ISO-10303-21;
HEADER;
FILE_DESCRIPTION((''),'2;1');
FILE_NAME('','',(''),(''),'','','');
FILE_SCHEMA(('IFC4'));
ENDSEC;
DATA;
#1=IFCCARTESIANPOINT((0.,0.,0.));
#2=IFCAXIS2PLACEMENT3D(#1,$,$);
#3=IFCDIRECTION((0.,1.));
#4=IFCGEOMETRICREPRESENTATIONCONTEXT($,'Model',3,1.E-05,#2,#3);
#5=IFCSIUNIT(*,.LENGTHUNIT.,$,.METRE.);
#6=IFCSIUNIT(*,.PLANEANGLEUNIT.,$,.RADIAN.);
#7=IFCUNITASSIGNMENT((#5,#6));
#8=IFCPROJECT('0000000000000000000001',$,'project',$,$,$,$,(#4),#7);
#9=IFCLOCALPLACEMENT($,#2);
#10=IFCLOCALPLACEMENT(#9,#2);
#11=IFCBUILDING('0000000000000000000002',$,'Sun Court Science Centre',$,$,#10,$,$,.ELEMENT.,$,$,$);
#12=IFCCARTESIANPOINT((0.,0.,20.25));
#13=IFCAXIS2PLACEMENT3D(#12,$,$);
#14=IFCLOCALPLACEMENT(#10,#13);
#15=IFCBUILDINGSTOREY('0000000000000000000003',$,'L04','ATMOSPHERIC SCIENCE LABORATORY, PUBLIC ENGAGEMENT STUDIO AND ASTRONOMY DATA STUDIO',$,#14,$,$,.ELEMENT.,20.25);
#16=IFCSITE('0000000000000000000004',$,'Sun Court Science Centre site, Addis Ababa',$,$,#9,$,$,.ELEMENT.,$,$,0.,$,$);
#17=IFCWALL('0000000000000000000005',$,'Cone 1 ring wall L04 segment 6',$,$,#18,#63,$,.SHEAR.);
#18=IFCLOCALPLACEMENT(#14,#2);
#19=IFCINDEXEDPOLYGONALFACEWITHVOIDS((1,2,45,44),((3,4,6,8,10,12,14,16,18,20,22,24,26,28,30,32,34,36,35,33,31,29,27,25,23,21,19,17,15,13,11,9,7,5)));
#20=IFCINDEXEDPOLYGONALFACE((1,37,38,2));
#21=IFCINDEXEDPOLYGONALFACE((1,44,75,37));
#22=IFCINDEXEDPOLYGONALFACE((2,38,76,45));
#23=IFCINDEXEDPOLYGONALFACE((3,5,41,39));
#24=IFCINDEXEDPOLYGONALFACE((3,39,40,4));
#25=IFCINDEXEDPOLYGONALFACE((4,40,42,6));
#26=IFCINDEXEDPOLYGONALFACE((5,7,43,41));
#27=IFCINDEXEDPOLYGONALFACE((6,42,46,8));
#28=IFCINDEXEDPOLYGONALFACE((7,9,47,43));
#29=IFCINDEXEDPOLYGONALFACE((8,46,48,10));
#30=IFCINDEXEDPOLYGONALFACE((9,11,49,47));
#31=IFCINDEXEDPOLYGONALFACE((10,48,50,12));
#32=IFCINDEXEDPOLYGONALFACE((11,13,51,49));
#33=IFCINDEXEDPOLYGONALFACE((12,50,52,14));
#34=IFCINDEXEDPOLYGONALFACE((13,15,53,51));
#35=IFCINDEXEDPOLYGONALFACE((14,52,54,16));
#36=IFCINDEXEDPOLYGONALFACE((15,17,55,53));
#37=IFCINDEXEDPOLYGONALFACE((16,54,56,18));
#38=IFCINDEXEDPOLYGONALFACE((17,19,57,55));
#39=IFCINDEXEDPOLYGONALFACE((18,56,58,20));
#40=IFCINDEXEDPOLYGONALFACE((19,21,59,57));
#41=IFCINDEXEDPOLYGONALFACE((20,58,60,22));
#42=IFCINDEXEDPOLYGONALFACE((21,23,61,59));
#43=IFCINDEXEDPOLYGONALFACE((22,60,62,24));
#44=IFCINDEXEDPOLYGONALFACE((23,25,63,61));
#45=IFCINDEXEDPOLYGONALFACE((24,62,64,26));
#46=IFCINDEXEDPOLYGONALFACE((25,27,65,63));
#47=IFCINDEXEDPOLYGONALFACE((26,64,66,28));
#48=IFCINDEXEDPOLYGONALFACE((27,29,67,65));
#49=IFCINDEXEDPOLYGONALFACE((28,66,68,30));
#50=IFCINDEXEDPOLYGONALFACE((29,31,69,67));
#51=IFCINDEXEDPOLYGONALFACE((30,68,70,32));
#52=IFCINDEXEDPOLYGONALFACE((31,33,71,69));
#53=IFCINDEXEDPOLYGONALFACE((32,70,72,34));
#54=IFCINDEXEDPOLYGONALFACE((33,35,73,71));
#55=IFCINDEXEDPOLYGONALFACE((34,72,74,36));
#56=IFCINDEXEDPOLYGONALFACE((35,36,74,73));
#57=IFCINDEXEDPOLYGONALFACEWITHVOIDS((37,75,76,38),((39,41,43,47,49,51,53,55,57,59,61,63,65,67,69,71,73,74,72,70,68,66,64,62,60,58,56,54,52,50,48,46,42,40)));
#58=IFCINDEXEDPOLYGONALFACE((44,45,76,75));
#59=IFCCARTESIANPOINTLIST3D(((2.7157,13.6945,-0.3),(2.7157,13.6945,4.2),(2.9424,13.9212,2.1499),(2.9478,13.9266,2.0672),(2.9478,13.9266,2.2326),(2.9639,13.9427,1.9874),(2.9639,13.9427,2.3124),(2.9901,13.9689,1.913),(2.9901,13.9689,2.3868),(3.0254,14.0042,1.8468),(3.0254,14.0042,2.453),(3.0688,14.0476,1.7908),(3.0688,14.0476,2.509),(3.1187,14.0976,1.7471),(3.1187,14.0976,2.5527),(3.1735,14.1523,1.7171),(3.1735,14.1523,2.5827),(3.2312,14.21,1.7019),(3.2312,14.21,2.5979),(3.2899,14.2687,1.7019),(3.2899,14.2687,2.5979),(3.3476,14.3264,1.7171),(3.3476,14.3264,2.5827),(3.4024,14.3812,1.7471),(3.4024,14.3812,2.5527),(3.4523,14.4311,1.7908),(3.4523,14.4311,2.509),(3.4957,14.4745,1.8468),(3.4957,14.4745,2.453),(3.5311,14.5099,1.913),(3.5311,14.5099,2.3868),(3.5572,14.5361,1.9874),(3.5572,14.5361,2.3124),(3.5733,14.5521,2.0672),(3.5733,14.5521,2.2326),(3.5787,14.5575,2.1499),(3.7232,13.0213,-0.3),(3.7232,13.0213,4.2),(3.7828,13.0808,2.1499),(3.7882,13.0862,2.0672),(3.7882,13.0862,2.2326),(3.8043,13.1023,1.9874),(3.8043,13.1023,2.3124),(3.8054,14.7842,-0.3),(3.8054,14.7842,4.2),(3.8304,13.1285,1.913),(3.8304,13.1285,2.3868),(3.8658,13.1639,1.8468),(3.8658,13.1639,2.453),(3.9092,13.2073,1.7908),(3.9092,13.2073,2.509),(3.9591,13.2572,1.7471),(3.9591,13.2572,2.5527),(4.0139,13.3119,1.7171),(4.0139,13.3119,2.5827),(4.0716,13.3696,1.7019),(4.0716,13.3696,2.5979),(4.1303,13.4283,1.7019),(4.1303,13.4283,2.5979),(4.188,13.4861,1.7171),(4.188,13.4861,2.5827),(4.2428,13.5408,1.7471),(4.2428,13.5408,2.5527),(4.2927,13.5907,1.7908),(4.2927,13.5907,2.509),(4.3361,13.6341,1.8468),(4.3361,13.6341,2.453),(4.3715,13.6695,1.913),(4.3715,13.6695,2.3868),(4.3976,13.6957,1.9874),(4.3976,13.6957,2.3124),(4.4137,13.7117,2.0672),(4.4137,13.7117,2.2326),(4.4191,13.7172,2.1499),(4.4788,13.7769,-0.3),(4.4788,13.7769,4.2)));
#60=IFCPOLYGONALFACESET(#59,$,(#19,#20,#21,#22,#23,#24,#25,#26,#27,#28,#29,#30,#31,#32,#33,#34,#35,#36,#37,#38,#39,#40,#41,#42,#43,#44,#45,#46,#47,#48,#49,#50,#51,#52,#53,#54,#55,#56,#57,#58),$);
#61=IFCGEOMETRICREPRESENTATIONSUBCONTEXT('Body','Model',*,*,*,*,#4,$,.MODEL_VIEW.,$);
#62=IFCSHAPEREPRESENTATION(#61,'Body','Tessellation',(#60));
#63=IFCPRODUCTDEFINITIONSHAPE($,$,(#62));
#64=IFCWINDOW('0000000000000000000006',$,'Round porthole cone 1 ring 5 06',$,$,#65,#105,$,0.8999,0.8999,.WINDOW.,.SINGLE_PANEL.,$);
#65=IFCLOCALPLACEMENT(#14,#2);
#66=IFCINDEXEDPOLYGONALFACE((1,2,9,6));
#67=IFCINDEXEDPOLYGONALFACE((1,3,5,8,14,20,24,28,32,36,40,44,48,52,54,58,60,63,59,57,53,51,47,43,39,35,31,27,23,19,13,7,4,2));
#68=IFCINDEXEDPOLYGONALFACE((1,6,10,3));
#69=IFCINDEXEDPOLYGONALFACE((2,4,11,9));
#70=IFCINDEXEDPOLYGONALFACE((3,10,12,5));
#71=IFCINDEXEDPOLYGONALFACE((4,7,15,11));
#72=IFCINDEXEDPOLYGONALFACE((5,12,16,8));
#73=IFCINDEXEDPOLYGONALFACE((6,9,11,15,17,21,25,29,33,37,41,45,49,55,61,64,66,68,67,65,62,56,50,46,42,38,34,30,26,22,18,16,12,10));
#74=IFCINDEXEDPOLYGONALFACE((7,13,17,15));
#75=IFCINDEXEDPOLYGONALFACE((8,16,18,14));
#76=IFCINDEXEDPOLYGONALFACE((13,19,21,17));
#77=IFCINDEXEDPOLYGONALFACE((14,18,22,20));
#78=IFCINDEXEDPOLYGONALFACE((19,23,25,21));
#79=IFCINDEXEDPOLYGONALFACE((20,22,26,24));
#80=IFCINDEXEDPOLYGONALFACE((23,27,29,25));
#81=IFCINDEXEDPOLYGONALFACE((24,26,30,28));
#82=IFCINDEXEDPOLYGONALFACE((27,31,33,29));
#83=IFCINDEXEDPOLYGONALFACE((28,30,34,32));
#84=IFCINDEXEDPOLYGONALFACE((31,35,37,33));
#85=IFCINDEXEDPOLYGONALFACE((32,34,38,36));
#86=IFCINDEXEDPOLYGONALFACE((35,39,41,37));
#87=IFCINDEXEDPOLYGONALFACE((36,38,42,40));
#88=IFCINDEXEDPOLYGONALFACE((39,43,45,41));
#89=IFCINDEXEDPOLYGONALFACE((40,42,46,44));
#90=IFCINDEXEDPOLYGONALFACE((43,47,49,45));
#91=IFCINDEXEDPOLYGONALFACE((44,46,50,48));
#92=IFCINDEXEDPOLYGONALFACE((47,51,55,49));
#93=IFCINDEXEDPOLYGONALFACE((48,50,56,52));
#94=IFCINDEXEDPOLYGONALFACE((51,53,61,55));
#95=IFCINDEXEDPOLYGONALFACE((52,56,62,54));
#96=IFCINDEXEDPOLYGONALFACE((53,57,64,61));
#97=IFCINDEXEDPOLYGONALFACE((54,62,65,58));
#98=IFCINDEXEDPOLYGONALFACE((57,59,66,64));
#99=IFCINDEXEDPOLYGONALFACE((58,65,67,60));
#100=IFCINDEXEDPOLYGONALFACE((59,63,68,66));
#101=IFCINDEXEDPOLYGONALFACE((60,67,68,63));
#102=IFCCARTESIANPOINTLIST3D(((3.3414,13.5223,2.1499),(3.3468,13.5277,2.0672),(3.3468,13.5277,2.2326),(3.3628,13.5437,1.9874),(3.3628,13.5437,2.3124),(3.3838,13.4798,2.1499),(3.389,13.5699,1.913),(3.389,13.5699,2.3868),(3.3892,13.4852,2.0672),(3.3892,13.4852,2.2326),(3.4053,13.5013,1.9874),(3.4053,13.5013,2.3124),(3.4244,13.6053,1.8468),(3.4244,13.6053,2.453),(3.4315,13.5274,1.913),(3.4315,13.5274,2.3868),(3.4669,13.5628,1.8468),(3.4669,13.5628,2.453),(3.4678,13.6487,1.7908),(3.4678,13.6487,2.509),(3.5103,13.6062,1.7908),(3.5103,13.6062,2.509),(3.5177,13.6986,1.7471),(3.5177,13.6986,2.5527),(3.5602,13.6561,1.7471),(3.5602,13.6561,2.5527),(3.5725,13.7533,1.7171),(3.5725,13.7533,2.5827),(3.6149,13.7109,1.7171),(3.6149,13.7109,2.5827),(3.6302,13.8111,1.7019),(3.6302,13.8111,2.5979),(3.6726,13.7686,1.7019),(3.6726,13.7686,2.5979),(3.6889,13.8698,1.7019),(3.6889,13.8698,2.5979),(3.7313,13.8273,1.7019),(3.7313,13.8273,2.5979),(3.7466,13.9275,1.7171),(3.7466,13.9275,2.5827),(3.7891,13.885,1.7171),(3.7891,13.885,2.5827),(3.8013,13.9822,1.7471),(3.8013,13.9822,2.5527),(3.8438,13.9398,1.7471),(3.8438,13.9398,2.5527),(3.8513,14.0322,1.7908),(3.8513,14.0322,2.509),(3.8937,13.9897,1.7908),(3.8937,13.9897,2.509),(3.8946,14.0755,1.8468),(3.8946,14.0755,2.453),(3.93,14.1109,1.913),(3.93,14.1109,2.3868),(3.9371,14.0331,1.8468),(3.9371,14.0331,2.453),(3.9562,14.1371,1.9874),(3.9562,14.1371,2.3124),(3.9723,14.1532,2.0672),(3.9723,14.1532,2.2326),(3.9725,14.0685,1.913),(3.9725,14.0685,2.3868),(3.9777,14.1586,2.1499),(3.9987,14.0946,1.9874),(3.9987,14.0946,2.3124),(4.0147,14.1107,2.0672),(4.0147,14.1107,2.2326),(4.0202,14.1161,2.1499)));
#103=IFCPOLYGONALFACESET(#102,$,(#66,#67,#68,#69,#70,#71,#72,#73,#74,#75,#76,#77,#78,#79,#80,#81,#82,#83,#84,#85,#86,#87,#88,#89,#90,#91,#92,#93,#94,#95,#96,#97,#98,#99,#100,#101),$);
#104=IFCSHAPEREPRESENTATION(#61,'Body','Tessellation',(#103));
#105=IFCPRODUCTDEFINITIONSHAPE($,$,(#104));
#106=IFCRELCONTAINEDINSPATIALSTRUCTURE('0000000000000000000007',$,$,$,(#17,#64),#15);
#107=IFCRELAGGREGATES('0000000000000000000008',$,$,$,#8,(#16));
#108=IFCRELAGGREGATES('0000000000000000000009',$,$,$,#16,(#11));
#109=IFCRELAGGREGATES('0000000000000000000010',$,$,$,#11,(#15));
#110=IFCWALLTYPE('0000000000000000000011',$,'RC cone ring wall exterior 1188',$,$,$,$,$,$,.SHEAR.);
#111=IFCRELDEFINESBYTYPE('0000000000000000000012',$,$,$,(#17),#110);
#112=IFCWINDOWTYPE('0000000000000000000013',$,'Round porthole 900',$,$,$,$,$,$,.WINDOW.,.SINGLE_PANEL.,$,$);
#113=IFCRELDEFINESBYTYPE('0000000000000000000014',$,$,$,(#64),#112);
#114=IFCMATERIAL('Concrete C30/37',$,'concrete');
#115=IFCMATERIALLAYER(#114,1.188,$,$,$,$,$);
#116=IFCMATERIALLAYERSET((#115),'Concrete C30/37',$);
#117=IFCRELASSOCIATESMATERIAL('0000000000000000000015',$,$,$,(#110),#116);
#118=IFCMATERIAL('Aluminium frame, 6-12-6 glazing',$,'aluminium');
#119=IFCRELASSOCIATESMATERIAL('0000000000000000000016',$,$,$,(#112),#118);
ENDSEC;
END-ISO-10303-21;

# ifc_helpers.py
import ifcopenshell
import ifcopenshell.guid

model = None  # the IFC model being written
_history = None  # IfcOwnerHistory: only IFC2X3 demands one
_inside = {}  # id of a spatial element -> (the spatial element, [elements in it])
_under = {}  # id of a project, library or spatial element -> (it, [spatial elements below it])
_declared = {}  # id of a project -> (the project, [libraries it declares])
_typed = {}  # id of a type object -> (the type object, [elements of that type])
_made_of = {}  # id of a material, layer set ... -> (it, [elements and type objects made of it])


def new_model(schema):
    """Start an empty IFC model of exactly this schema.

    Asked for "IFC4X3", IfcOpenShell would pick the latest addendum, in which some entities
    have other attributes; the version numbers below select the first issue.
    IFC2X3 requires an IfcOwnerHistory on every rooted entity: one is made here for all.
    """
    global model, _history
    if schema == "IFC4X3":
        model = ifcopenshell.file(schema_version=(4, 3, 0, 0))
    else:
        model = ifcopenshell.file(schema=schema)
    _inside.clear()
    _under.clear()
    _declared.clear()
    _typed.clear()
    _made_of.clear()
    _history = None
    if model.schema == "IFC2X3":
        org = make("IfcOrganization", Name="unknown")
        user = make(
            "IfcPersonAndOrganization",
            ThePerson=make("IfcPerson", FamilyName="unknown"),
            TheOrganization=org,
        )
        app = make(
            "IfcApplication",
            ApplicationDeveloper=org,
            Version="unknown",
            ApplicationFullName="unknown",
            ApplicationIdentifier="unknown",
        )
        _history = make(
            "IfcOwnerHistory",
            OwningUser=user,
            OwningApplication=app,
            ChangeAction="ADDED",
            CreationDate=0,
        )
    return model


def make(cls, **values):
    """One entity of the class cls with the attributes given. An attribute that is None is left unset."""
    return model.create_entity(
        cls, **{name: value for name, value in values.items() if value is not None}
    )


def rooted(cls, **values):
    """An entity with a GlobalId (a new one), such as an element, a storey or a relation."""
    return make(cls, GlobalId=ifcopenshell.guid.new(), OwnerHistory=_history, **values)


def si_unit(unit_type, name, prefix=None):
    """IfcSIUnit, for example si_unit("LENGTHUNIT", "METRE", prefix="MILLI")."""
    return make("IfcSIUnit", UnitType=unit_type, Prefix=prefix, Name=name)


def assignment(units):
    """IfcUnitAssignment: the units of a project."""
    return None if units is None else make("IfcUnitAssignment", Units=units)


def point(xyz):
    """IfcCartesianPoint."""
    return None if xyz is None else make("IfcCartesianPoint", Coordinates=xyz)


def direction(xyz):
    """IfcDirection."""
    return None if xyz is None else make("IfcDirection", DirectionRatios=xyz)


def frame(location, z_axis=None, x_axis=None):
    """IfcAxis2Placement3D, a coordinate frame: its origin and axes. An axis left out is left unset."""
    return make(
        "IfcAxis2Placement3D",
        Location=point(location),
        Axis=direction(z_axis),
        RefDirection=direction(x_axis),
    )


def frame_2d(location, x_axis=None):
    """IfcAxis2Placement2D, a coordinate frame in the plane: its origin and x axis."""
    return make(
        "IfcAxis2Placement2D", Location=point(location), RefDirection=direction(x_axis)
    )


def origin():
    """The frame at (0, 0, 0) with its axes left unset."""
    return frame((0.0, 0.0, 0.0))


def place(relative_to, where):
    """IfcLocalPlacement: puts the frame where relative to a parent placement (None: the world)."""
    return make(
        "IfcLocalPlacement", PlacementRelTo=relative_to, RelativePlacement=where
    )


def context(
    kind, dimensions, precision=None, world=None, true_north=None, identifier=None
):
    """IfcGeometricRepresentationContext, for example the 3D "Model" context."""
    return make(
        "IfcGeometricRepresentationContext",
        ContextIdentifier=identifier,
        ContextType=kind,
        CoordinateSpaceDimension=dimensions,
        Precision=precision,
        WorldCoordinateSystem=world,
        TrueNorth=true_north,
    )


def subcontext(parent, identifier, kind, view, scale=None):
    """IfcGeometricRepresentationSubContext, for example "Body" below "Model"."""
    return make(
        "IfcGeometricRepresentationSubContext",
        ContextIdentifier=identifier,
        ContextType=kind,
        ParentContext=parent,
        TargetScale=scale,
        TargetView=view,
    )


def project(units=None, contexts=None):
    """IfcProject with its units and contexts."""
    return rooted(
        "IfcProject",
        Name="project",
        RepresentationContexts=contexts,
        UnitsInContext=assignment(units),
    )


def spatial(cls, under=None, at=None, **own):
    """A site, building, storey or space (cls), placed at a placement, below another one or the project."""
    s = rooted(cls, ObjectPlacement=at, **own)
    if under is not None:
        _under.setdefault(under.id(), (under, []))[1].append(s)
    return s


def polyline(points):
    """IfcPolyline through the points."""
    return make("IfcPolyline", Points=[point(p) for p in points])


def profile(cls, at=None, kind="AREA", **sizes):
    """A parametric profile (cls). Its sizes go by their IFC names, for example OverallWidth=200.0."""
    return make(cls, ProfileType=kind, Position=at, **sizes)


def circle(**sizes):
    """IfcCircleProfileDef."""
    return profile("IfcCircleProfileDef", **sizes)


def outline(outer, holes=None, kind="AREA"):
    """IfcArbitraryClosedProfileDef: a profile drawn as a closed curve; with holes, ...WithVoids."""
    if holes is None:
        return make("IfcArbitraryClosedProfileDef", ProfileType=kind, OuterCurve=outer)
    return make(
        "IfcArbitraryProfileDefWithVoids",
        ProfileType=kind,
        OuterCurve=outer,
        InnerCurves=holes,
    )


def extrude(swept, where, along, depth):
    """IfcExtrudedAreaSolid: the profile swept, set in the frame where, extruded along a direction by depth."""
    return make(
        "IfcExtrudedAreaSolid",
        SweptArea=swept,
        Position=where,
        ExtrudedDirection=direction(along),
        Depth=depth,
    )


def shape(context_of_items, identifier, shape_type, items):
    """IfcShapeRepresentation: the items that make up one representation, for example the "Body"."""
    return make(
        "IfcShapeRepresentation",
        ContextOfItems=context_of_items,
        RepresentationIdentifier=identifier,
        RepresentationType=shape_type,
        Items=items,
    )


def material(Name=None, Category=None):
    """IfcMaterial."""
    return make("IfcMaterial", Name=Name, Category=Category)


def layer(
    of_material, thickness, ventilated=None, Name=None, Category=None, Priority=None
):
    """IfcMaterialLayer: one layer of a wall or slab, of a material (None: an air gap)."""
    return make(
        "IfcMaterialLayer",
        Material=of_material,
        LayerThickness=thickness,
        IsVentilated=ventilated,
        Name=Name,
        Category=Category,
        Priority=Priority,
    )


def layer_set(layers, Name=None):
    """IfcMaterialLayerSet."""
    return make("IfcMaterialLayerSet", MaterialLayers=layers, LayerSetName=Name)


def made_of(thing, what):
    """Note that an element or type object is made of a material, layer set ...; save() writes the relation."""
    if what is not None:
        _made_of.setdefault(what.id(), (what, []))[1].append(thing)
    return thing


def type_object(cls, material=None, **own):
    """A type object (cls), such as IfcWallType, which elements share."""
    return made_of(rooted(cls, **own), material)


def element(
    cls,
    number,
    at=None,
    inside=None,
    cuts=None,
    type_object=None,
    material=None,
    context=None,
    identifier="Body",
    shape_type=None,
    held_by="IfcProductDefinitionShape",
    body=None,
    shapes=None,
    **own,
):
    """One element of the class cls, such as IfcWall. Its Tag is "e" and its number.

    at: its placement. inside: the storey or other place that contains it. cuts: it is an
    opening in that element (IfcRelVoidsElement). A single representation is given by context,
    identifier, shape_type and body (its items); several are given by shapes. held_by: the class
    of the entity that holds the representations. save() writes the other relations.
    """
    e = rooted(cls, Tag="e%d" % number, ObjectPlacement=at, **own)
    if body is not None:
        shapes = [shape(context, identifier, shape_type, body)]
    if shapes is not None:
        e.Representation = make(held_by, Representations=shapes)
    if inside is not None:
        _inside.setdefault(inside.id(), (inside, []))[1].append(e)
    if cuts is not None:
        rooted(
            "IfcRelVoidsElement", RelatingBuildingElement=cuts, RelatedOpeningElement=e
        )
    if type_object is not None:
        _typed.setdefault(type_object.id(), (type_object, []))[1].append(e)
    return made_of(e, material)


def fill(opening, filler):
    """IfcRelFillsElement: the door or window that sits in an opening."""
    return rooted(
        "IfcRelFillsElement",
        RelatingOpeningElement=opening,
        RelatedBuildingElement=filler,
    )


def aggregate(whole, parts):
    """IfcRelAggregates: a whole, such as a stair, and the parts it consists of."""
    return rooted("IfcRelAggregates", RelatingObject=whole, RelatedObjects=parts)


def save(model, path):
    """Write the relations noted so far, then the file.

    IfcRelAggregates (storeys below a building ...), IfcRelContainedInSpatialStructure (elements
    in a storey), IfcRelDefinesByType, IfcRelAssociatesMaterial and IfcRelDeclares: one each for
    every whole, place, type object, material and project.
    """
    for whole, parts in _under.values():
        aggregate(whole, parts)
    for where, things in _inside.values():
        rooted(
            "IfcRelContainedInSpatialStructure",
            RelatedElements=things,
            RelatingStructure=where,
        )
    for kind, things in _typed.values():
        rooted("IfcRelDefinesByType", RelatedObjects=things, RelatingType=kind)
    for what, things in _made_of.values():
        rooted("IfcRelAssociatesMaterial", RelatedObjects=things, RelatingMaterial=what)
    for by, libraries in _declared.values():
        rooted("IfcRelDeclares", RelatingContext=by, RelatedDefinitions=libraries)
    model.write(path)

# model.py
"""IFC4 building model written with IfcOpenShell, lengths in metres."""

from ifc_helpers import new_model, si_unit, direction, frame, frame_2d, origin, place, context, subcontext, project, spatial, polyline, circle, outline, extrude, material, layer, layer_set, type_object, element, fill, save


model = new_model("IFC4")

# Units and contexts
model_context = context("Model", 3, precision=1e-05, world=origin(), true_north=direction((0.0, 1.0)))
body_context = subcontext(model_context, "Body", "Model", "MODEL_VIEW")
ifc_project = project(units=[si_unit("LENGTHUNIT", "METRE"), si_unit("PLANEANGLEUNIT", "RADIAN")], contexts=[model_context])

# Site, building, storey
site_placement = place(None, origin())
site = spatial("IfcSite", under=ifc_project, at=site_placement, Name="Sun Court Science Centre site, Addis Ababa", CompositionType="ELEMENT", RefElevation=0.0)
building_placement = place(site_placement, origin())
building = spatial("IfcBuilding", under=site, at=building_placement, Name="Sun Court Science Centre", CompositionType="ELEMENT")
storey_placement = place(building_placement, frame((0.0, 0.0, 20.25)))
storey = spatial("IfcBuildingStorey", under=building, at=storey_placement, Name="L04", Description="ATMOSPHERIC SCIENCE LABORATORY, PUBLIC ENGAGEMENT STUDIO AND ASTRONOMY DATA STUDIO", CompositionType="ELEMENT", Elevation=20.25)

# Wall, opening, window
ifc_material_1 = material(Name="Concrete C30/37", Category="concrete")
ifc_layer_1 = layer(ifc_material_1, 1.188)
ifc_layer_set_1 = layer_set([ifc_layer_1], Name="Concrete C30/37")
wall_type_1 = type_object("IfcWallType", Name="RC cone ring wall exterior 1188", PredefinedType="SHEAR", material=ifc_layer_set_1)
ifc_material_2 = material(Name="Aluminium frame, 6-12-6 glazing", Category="aluminium")
window_type = type_object("IfcWindowType", Name="Round porthole 900", PartitioningType="SINGLE_PANEL", PredefinedType="WINDOW", material=ifc_material_2)
wall_1_placement = place(storey_placement, frame((4.2256, 14.364, -0.3), z_axis=(0.0, 0.0, 1.0), x_axis=(-0.707107, -0.707107, 0.0)))
wall_1 = element("IfcWall", 1, at=wall_1_placement, inside=storey, type_object=wall_type_1, Name="Cone 1 ring wall L04 segment 6", PredefinedType="SHEAR", context=body_context, shape_type="SweptSolid", body=[
    extrude(outline(polyline([(0.0, -0.5942), (1.541, -0.5942), (1.3047, 0.5942), (0.2361, 0.5942), (0.0, -0.5942)])), origin(), (0.0, 0.0, 1.0), 4.5),
])
opening_1_placement = place(wall_1_placement, frame((0.3206, 0.0, 2.0)))
opening_1 = element("IfcOpeningElement", 2, at=opening_1_placement, cuts=wall_1, PredefinedType="OPENING", context=body_context, shape_type="SweptSolid", body=[
    extrude(circle(Radius=0.45, at=frame_2d((0.45, 0.45))), frame((0.0, 0.6042, 0.0), z_axis=(0.0, -1.0, 0.0), x_axis=(1.0, 0.0, 0.0)), (0.0, 0.0, 1.0), 1.2085),
])
window_1_placement = place(opening_1_placement, origin())
window_1 = element("IfcWindow", 3, at=window_1_placement, inside=storey, type_object=window_type, Name="Round porthole cone 1 ring 5 06", OverallHeight=0.8999, OverallWidth=0.8999, PartitioningType="SINGLE_PANEL", PredefinedType="WINDOW", context=body_context, shape_type="SweptSolid", body=[
    extrude(circle(Radius=0.45, at=frame_2d((0.45, 0.45))), frame((0.0, 0.03, 0.0), z_axis=(0.0, -1.0, 0.0), x_axis=(1.0, 0.0, 0.0)), (0.0, 0.0, 1.0), 0.0601),
])
fill(opening_1, window_1)

save(model, "model.ifc")
